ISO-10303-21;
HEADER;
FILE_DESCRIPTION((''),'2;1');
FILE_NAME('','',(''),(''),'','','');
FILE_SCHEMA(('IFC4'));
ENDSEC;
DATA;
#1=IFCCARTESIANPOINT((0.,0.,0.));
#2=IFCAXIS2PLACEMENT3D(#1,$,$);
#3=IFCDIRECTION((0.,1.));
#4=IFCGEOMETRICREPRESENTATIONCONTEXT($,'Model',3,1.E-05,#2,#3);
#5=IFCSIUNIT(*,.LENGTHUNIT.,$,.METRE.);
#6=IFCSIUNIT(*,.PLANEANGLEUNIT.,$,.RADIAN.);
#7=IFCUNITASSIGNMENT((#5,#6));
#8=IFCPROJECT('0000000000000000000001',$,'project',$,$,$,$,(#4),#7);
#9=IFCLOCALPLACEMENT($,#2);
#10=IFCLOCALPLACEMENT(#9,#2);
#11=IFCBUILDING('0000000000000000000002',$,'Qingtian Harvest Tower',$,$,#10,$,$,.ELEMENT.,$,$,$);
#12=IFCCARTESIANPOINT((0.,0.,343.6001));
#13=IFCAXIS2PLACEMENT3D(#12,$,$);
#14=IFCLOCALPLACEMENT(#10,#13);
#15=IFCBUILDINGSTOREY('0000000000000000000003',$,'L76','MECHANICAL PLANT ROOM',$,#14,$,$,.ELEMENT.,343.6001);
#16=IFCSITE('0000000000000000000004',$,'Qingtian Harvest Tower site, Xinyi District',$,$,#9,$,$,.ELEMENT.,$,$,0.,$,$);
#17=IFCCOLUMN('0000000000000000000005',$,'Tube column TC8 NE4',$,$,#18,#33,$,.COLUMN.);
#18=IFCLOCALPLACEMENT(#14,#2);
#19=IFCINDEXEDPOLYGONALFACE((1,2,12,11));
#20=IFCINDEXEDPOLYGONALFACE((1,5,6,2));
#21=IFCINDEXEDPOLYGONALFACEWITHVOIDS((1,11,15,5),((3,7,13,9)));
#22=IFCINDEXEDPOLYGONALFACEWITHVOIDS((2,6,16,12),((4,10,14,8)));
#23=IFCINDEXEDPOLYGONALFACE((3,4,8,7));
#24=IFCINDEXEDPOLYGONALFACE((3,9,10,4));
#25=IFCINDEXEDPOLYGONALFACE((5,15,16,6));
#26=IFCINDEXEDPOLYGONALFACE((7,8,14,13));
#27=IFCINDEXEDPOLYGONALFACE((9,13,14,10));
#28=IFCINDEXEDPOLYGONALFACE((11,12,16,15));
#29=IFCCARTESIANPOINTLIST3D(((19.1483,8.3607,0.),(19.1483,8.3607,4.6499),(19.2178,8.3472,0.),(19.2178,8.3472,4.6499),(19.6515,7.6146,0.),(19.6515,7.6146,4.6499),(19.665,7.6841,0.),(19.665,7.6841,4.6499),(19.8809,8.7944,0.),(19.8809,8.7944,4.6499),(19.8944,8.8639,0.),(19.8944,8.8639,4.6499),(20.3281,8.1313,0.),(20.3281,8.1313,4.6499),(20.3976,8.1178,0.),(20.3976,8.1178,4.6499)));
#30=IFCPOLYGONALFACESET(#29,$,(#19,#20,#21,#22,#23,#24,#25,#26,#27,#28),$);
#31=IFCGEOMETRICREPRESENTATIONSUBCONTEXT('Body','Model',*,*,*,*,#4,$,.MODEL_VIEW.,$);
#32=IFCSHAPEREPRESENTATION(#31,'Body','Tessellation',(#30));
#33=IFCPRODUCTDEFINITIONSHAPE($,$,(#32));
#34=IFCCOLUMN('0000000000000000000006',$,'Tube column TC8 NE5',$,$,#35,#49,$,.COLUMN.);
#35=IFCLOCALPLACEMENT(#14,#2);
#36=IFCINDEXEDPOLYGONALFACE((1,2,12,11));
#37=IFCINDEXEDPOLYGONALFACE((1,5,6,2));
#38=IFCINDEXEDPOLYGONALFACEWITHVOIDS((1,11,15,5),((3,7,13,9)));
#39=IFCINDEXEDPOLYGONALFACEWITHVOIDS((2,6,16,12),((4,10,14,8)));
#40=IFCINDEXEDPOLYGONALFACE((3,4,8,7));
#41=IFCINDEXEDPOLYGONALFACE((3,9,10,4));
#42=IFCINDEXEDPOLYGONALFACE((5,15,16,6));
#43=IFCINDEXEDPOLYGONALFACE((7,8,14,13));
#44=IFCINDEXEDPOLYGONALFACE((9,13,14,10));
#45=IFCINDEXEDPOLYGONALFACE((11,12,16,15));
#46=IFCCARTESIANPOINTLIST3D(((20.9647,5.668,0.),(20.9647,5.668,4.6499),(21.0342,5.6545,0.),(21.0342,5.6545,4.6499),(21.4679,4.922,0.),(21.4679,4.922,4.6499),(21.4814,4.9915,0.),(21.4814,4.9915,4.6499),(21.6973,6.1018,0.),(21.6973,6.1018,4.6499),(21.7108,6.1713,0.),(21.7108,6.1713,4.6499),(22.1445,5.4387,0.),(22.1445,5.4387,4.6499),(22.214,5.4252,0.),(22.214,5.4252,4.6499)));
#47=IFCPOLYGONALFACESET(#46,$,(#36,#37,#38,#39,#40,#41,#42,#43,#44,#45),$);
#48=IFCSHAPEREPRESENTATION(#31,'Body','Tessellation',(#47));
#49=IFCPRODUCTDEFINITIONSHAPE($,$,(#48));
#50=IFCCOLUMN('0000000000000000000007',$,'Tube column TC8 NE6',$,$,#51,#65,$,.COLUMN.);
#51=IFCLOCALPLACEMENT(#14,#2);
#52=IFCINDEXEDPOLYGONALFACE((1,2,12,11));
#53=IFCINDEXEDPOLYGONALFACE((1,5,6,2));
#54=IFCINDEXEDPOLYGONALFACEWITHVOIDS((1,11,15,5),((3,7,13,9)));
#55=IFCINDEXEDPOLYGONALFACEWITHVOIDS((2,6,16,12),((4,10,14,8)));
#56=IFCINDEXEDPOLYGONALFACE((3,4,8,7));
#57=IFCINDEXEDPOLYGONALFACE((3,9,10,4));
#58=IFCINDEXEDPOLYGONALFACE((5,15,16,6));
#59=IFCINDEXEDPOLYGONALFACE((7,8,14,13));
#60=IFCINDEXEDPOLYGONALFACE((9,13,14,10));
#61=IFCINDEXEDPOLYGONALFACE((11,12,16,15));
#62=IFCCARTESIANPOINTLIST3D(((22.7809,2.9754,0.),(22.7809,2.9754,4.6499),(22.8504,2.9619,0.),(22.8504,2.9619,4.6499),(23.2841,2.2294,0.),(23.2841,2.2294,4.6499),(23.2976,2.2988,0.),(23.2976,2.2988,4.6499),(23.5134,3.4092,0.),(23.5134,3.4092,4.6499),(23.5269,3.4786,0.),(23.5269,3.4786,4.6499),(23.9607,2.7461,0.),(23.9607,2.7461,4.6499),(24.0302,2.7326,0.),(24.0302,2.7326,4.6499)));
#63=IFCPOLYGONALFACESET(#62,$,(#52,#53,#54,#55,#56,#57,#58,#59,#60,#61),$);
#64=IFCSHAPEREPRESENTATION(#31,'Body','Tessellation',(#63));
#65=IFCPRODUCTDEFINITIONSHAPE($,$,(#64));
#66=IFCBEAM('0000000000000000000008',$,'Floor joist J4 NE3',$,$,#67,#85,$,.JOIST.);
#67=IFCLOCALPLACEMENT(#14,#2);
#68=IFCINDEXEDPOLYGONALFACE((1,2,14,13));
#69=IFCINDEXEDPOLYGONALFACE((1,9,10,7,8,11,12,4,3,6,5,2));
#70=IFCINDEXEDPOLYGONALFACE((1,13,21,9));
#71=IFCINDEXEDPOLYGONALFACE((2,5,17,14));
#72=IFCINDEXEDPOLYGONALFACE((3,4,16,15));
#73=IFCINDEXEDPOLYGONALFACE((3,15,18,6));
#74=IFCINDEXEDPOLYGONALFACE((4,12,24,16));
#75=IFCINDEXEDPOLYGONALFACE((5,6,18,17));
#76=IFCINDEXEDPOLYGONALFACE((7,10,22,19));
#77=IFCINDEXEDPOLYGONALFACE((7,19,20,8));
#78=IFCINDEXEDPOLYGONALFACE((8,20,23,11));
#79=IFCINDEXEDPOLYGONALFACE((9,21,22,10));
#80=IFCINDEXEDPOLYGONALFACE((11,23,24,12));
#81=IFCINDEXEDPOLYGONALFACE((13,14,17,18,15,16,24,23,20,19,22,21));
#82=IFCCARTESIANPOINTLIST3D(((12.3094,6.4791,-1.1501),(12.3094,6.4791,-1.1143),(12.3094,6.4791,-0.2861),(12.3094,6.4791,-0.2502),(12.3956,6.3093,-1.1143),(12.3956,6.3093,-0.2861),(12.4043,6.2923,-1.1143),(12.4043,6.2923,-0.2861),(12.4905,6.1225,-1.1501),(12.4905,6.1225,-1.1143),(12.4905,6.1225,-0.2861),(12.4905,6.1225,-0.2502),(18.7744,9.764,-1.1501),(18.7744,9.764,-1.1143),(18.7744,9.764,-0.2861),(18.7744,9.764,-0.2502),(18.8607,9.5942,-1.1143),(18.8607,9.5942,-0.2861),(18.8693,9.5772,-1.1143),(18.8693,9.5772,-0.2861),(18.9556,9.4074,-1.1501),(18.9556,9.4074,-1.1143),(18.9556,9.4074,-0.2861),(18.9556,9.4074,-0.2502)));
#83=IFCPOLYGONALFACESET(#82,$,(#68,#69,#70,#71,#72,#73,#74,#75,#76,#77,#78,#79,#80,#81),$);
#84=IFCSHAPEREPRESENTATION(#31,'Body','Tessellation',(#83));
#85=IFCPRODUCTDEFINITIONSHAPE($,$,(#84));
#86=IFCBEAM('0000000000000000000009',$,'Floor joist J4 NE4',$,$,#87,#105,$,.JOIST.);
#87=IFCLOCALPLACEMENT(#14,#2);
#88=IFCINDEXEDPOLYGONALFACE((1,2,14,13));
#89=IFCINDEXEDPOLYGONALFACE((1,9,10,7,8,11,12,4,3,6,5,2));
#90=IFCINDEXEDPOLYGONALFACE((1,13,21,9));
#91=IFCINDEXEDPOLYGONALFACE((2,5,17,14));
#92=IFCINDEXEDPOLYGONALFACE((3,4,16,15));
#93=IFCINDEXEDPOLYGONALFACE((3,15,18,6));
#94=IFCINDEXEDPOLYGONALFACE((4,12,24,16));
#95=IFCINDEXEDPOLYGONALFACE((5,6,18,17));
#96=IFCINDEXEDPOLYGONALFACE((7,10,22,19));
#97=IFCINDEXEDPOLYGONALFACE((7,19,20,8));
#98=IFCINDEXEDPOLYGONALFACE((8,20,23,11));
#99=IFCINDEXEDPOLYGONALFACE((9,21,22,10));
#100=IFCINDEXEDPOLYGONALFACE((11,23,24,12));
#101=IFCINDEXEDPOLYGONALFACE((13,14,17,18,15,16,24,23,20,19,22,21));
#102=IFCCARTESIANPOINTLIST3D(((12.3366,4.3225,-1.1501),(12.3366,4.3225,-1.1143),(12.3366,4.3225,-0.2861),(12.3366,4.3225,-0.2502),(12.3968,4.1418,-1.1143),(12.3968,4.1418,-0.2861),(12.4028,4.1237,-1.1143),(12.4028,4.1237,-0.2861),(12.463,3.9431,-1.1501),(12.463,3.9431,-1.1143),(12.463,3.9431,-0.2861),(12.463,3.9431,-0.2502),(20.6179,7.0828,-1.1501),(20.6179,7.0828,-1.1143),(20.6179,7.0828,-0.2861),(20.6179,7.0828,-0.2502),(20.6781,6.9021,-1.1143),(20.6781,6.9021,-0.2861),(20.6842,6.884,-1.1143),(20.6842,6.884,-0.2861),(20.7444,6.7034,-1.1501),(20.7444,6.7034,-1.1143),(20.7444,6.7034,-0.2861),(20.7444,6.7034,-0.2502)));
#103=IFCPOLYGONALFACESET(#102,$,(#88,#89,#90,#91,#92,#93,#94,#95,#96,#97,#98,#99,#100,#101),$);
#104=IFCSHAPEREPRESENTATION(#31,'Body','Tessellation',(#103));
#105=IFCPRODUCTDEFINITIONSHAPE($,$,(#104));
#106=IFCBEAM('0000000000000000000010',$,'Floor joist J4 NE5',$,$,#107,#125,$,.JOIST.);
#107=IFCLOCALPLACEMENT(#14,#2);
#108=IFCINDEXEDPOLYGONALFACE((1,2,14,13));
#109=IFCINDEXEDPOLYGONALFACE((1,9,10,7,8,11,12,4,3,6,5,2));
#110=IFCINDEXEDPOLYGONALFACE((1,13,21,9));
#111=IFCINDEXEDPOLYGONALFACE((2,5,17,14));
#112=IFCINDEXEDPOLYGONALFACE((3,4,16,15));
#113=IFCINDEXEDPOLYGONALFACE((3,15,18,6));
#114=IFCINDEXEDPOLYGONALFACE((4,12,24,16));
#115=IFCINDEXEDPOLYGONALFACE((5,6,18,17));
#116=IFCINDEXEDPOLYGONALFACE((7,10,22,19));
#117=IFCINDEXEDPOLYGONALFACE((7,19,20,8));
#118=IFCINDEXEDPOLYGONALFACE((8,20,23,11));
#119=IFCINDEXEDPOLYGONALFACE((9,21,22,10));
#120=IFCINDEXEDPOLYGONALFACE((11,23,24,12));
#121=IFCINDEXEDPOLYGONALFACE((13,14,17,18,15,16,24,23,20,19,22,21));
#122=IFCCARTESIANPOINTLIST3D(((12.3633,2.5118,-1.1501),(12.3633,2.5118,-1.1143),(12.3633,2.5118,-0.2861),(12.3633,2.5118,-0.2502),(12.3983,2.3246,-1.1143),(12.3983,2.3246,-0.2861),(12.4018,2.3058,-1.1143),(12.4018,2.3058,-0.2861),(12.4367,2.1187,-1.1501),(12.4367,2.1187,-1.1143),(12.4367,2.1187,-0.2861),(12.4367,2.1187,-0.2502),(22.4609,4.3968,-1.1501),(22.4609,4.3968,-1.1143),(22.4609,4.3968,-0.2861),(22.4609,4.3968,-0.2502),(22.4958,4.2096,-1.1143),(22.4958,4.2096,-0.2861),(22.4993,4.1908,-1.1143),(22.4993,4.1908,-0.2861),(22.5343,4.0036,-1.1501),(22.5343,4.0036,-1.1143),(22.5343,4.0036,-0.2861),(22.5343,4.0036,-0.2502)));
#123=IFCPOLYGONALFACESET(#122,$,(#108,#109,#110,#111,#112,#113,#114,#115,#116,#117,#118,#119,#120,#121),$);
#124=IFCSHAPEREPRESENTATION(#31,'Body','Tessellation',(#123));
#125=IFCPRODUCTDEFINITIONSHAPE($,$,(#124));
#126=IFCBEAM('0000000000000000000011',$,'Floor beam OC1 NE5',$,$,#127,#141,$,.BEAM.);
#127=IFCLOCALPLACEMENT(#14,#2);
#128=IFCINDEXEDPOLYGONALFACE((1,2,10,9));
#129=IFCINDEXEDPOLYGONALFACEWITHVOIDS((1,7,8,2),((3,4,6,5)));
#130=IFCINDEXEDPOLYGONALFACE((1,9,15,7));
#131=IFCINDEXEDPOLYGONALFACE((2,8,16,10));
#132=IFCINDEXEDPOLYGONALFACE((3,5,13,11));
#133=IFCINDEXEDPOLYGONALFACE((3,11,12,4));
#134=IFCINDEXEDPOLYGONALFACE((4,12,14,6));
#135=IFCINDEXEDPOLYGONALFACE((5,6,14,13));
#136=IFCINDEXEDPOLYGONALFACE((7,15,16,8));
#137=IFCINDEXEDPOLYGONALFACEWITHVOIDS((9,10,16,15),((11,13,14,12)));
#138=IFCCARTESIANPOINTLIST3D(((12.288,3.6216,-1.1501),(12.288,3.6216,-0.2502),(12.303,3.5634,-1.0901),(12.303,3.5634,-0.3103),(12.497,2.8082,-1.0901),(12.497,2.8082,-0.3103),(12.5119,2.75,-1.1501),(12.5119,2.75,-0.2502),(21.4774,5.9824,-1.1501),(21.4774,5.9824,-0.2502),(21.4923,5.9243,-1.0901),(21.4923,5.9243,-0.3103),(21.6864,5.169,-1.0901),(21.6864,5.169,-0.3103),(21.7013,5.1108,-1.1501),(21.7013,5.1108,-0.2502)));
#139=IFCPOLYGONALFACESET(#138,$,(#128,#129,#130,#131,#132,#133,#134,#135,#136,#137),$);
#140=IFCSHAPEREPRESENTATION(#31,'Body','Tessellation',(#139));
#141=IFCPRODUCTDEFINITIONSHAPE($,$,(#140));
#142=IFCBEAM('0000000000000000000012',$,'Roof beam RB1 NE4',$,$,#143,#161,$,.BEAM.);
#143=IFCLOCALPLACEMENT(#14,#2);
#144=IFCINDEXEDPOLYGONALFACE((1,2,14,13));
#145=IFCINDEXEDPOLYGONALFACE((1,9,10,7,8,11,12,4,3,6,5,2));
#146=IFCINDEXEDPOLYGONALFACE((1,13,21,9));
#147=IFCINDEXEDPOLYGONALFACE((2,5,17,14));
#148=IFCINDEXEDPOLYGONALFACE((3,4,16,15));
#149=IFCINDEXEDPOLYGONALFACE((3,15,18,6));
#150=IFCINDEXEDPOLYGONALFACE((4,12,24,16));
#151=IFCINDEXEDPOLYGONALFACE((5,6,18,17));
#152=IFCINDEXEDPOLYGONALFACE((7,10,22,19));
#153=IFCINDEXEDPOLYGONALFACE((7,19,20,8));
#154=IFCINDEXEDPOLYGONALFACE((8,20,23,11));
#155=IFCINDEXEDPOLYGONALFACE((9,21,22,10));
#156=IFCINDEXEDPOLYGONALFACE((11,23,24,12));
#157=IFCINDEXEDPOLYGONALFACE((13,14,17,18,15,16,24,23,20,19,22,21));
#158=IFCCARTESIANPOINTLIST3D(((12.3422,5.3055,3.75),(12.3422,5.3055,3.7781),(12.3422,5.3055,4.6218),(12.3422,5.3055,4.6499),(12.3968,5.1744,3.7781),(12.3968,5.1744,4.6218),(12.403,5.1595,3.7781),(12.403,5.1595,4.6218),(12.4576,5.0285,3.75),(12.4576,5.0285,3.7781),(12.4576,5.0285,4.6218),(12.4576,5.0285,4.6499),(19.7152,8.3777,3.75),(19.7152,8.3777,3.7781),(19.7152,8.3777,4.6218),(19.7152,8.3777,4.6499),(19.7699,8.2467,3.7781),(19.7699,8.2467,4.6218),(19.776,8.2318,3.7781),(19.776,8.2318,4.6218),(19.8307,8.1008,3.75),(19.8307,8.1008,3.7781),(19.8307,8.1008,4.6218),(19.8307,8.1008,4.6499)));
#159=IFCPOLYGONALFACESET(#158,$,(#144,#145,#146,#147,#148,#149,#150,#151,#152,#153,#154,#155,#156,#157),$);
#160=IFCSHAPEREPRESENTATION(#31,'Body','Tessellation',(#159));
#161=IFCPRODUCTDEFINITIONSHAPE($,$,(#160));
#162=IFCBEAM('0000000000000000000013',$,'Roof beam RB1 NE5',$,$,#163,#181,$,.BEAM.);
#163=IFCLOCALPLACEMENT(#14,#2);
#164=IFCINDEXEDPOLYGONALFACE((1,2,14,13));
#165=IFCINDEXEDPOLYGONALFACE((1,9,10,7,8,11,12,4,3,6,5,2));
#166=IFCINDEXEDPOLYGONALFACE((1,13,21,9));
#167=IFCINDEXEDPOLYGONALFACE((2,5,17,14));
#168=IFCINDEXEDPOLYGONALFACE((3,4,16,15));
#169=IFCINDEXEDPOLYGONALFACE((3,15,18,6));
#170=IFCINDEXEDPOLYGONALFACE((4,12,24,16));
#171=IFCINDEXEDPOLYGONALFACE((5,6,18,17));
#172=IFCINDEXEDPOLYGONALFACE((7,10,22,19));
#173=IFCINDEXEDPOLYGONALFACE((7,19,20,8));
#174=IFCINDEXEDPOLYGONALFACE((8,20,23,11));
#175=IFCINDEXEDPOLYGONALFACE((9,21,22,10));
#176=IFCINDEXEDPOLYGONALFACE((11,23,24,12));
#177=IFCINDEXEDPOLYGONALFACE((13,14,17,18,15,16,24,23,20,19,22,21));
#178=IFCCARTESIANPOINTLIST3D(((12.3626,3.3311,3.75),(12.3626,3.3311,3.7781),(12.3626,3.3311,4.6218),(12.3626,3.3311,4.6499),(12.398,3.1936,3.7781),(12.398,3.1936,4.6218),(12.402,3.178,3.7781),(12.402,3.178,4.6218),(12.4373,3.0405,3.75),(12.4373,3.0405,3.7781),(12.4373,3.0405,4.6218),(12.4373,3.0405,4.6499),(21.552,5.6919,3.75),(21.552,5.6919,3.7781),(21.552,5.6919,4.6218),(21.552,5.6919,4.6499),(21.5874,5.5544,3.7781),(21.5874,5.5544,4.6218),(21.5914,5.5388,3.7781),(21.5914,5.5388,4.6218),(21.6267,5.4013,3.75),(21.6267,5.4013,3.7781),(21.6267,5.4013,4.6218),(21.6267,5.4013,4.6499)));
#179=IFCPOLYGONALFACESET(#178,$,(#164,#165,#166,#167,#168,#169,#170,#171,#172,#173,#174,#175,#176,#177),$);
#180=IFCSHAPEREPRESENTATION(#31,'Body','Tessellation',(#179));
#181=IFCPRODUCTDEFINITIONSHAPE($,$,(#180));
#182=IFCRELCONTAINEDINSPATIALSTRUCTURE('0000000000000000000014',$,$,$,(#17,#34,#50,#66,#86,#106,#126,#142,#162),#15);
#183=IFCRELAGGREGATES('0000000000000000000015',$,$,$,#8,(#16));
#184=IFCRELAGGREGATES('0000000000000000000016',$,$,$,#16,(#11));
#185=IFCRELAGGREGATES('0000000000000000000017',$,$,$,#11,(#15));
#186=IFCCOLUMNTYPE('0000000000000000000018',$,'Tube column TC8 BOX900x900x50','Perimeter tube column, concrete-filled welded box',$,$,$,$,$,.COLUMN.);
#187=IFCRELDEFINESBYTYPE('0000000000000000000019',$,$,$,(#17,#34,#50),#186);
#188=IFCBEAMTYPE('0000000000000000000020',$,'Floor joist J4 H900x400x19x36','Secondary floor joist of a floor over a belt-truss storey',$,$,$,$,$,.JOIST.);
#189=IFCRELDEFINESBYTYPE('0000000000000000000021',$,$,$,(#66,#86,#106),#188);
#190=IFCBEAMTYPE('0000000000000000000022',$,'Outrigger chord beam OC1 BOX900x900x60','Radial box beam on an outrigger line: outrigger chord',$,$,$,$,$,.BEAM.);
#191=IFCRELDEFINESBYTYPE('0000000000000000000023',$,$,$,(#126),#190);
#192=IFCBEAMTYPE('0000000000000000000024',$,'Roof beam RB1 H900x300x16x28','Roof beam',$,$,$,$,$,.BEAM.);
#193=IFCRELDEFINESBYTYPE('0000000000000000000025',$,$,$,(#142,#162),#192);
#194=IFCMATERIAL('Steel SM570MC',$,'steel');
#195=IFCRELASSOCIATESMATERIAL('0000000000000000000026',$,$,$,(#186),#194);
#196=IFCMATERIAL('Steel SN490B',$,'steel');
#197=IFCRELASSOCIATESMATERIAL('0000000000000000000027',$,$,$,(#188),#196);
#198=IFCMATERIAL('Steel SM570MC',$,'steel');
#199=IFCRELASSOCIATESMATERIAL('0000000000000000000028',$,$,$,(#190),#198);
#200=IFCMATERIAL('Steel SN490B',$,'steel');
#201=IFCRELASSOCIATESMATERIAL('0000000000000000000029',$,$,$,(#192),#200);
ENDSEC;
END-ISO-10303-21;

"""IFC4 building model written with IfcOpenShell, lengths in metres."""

from ifc_helpers import new_model, si_unit, direction, frame, origin, origin_2d, place, context, subcontext, project, spatial, hollow_rectangle, i_section, extrude, material, material_profile, profile_set, type_object, element, save


model = new_model("IFC4")

# Units and contexts
model_context = context("Model", 3, precision=1e-05, world=origin(), true_north=direction((0.0, 1.0)))
body_context = subcontext(model_context, "Body", "Model", "MODEL_VIEW")
ifc_project = project(units=[si_unit("LENGTHUNIT", "METRE"), si_unit("PLANEANGLEUNIT", "RADIAN")], contexts=[model_context])

# Site, building, storey
site_placement = place(None, origin())
site = spatial("IfcSite", under=ifc_project, at=site_placement, Name="Qingtian Harvest Tower site, Xinyi District", CompositionType="ELEMENT", RefElevation=0.0)
building_placement = place(site_placement, origin())
building = spatial("IfcBuilding", under=site, at=building_placement, Name="Qingtian Harvest Tower", CompositionType="ELEMENT")
storey_placement = place(building_placement, frame((0.0, 0.0, 343.6001)))
storey = spatial("IfcBuildingStorey", under=building, at=storey_placement, Name="L76", Description="MECHANICAL PLANT ROOM", CompositionType="ELEMENT", Elevation=343.6001)

# Columns
ifc_material_1 = material(Name="Steel SM570MC", Category="steel")
ifc_material_profile_1 = material_profile(ifc_material_1, hollow_rectangle(XDim=0.8999, YDim=0.8999, WallThickness=0.05, at=origin_2d()), Name="BOX900x900x50")
ifc_profile_set_1 = profile_set([ifc_material_profile_1], Name="Steel SM570MC")
column_type = type_object("IfcColumnType", Name="Tube column TC8 BOX900x900x50", Description="Perimeter tube column, concrete-filled welded box", PredefinedType="COLUMN", material=ifc_profile_set_1)
for number, where, z_axis, x_axis, name in (
    (1, (19.7729, 8.2393, 0.0), (0.0, 0.0, 1.0), (-0.559193, 0.829038, 0.0), "Tube column TC8 NE4"),
    (2, (21.5894, 5.5466, 0.0), (0.0, 0.0, 1.0), (-0.559193, 0.829038, 0.0), "Tube column TC8 NE5"),
    (3, (23.4055, 2.854, 0.0), (0.0, 0.0, 1.0), (-0.559193, 0.829038, 0.0), "Tube column TC8 NE6"),
):
    element("IfcColumn", number, at=place(storey_placement, frame(where, z_axis=z_axis, x_axis=x_axis)), inside=storey, type_object=column_type, Name=name, PredefinedType="COLUMN", context=body_context, shape_type="SweptSolid", body=[
        extrude(hollow_rectangle(XDim=0.8999, YDim=0.8999, WallThickness=0.05, at=origin_2d()), origin(), (0.0, 0.0, 1.0), 4.6499),
    ])

# Beams
ifc_material_2 = material(Name="Steel SN490B", Category="steel")
ifc_material_profile_2 = material_profile(ifc_material_2, i_section(OverallWidth=0.3999, OverallDepth=0.8999, WebThickness=0.019, FlangeThickness=0.0359, at=origin_2d()), Name="H900x400x19x36")
ifc_profile_set_2 = profile_set([ifc_material_profile_2], Name="Steel SN490B")
beam_type_1 = type_object("IfcBeamType", Name="Floor joist J4 H900x400x19x36", Description="Secondary floor joist of a floor over a belt-truss storey", PredefinedType="JOIST", material=ifc_profile_set_2)
beam_1_placement = place(storey_placement, frame((18.865, 9.5857, -0.7002), z_axis=(-0.89152, -0.452981, 0.0), x_axis=(0.452981, -0.89152, 0.0)))
element("IfcBeam", 4, at=beam_1_placement, inside=storey, type_object=beam_type_1, Name="Floor joist J4 NE3", PredefinedType="JOIST", context=body_context, shape_type="SweptSolid", body=[
    extrude(i_section(OverallWidth=0.3999, OverallDepth=0.8999, WebThickness=0.019, FlangeThickness=0.0359, at=origin_2d()), origin(), (0.0, 0.0, 1.0), 7.2517),
])
beam_2_placement = place(storey_placement, frame((20.6812, 6.8931, -0.7002), z_axis=(-0.948689, -0.316211, 0.0), x_axis=(0.316211, -0.948689, 0.0)))
element("IfcBeam", 5, at=beam_2_placement, inside=storey, type_object=beam_type_1, Name="Floor joist J4 NE4", PredefinedType="JOIST", context=body_context, shape_type="SweptSolid", body=[
    extrude(i_section(OverallWidth=0.3999, OverallDepth=0.8999, WebThickness=0.019, FlangeThickness=0.0359, at=origin_2d()), origin(), (0.0, 0.0, 1.0), 8.7292),
])
beam_3_placement = place(storey_placement, frame((22.4976, 4.2002, -0.7002), z_axis=(-0.983018, -0.183508, 0.0), x_axis=(0.183508, -0.983018, 0.0)))
element("IfcBeam", 6, at=beam_3_placement, inside=storey, type_object=beam_type_1, Name="Floor joist J4 NE5", PredefinedType="JOIST", context=body_context, shape_type="SweptSolid", body=[
    extrude(i_section(OverallWidth=0.3999, OverallDepth=0.8999, WebThickness=0.019, FlangeThickness=0.0359, at=origin_2d()), origin(), (0.0, 0.0, 1.0), 10.272),
])
ifc_material_3 = material(Name="Steel SM570MC", Category="steel")
ifc_material_profile_3 = material_profile(ifc_material_3, hollow_rectangle(XDim=0.8999, YDim=0.8999, WallThickness=0.0601, at=origin_2d()), Name="BOX900x900x60")
ifc_profile_set_3 = profile_set([ifc_material_profile_3], Name="Steel SM570MC")
beam_type_2 = type_object("IfcBeamType", Name="Outrigger chord beam OC1 BOX900x900x60", Description="Radial box beam on an outrigger line: outrigger chord", PredefinedType="BEAM", material=ifc_profile_set_3)
beam_4_placement = place(storey_placement, frame((21.5894, 5.5466, -0.7002), z_axis=(-0.968548, -0.248827, 0.0), x_axis=(0.248827, -0.968548, 0.0)))
element("IfcBeam", 7, at=beam_4_placement, inside=storey, type_object=beam_type_2, Name="Floor beam OC1 NE5", PredefinedType="BEAM", context=body_context, shape_type="SweptSolid", body=[
    extrude(hollow_rectangle(XDim=0.8999, YDim=0.8999, WallThickness=0.0601, at=origin_2d()), origin(), (0.0, 0.0, 1.0), 9.4878),
])
ifc_material_4 = material(Name="Steel SN490B", Category="steel")
ifc_material_profile_4 = material_profile(ifc_material_4, i_section(OverallWidth=0.3, OverallDepth=0.8999, WebThickness=0.0161, FlangeThickness=0.0281, at=origin_2d()), Name="H900x300x16x28")
ifc_profile_set_4 = profile_set([ifc_material_profile_4], Name="Steel SN490B")
beam_type_3 = type_object("IfcBeamType", Name="Roof beam RB1 H900x300x16x28", Description="Roof beam", PredefinedType="BEAM", material=ifc_profile_set_4)
beam_5_placement = place(storey_placement, frame((19.7729, 8.2393, 4.2), z_axis=(-0.92307, -0.384633, 0.0), x_axis=(0.384633, -0.92307, 0.0)))
element("IfcBeam", 8, at=beam_5_placement, inside=storey, type_object=beam_type_3, Name="Roof beam RB1 NE4", PredefinedType="BEAM", context=body_context, shape_type="SweptSolid", body=[
    extrude(i_section(OverallWidth=0.3, OverallDepth=0.8999, WebThickness=0.0161, FlangeThickness=0.0281, at=origin_2d()), origin(), (0.0, 0.0, 1.0), 7.9875),
])
beam_6_placement = place(storey_placement, frame((21.5894, 5.5466, 4.2), z_axis=(-0.968548, -0.248827, 0.0), x_axis=(0.248827, -0.968548, 0.0)))
element("IfcBeam", 9, at=beam_6_placement, inside=storey, type_object=beam_type_3, Name="Roof beam RB1 NE5", PredefinedType="BEAM", context=body_context, shape_type="SweptSolid", body=[
    extrude(i_section(OverallWidth=0.3, OverallDepth=0.8999, WebThickness=0.0161, FlangeThickness=0.0281, at=origin_2d()), origin(), (0.0, 0.0, 1.0), 9.4878),
])

save(model, "model.ifc")
